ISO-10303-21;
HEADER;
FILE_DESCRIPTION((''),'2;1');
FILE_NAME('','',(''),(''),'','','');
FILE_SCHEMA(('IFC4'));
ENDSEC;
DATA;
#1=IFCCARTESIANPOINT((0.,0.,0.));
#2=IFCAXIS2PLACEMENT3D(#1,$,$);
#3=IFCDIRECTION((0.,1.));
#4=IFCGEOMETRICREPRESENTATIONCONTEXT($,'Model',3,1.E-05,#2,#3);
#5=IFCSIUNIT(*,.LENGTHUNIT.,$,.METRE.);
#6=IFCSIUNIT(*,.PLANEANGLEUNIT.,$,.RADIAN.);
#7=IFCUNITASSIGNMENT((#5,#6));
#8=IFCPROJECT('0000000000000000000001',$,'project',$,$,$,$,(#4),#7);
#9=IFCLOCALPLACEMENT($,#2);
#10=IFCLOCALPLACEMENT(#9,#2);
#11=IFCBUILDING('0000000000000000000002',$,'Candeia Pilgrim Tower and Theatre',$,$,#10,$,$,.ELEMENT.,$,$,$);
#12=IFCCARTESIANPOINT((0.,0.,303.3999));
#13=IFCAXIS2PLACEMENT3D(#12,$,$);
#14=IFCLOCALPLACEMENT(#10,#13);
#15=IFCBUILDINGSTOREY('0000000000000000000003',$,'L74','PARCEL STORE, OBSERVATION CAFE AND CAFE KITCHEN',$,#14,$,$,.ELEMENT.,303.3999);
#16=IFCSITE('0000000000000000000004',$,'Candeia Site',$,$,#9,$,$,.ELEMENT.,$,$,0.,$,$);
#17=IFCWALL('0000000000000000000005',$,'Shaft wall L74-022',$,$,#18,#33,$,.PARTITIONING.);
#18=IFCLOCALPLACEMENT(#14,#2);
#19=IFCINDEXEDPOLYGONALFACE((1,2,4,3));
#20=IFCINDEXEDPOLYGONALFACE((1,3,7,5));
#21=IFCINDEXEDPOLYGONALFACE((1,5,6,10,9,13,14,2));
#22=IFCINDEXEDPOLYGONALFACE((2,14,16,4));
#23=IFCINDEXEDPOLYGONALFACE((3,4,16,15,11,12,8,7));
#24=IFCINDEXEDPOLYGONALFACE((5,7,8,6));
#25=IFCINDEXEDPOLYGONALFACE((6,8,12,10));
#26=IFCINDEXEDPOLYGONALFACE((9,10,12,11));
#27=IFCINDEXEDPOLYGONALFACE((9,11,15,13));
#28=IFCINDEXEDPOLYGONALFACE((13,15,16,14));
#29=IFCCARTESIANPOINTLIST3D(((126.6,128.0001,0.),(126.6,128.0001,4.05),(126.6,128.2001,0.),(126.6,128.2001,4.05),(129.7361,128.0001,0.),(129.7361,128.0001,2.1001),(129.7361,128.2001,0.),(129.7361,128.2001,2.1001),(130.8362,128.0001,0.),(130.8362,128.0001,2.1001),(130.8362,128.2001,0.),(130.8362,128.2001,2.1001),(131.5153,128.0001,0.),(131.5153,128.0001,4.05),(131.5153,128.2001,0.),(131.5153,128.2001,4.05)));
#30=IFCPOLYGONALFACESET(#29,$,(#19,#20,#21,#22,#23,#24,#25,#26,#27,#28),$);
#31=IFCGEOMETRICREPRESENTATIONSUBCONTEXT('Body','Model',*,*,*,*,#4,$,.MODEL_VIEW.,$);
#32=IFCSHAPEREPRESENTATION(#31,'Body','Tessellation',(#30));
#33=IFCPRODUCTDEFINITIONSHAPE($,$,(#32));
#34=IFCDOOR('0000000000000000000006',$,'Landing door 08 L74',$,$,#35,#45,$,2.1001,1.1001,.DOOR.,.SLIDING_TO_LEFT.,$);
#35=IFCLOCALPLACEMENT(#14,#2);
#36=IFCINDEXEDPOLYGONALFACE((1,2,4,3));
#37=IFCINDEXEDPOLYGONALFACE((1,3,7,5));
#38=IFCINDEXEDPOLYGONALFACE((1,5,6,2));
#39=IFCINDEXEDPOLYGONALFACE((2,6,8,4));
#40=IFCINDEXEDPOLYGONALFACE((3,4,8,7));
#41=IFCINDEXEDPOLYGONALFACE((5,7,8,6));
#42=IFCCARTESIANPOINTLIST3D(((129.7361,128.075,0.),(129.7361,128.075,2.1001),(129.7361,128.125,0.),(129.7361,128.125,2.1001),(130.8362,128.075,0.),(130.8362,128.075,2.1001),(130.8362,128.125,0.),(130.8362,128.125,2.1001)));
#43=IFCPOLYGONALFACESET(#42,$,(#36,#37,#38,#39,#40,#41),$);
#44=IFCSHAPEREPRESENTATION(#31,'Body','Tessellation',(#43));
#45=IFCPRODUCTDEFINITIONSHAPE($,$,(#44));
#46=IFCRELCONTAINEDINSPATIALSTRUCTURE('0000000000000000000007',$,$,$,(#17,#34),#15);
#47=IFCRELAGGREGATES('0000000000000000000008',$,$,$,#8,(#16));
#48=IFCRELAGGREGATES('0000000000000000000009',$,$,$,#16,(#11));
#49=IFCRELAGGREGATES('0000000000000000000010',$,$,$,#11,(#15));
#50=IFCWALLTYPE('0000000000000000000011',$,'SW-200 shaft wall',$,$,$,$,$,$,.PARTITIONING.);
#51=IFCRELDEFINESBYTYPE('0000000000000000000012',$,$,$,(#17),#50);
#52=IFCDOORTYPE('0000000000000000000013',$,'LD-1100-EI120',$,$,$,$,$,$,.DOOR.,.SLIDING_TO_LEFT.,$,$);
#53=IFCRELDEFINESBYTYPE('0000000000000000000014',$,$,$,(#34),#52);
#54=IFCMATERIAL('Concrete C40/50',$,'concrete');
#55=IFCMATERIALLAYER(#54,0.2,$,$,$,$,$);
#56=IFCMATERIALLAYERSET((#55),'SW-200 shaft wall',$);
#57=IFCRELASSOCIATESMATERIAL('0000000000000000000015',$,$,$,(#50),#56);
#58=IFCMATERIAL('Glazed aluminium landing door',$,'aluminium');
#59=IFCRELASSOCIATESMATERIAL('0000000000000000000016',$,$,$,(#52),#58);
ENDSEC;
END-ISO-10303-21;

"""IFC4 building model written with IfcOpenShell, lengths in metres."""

from ifc_helpers import new_model, si_unit, direction, frame, frame_2d, origin, place, context, subcontext, project, spatial, rectangle, extrude, material, layer, layer_set, type_object, element, fill, save


model = new_model("IFC4")

# Units and contexts
model_context = context("Model", 3, precision=1e-05, world=origin(), true_north=direction((0.0, 1.0)))
body_context = subcontext(model_context, "Body", "Model", "MODEL_VIEW")
ifc_project = project(units=[si_unit("LENGTHUNIT", "METRE"), si_unit("PLANEANGLEUNIT", "RADIAN")], contexts=[model_context])

# Site, building, storey
site_placement = place(None, origin())
site = spatial("IfcSite", under=ifc_project, at=site_placement, Name="Candeia Site", CompositionType="ELEMENT", RefElevation=0.0)
building_placement = place(site_placement, origin())
building = spatial("IfcBuilding", under=site, at=building_placement, Name="Candeia Pilgrim Tower and Theatre", CompositionType="ELEMENT")
storey_placement = place(building_placement, frame((0.0, 0.0, 303.3999)))
storey = spatial("IfcBuildingStorey", under=building, at=storey_placement, Name="L74", Description="PARCEL STORE, OBSERVATION CAFE AND CAFE KITCHEN", CompositionType="ELEMENT", Elevation=303.3999)

# Shared definitions
ifc_material_1 = material(Name="Concrete C40/50", Category="concrete")

# Wall, opening, door
ifc_layer_1 = layer(ifc_material_1, 0.2)
ifc_layer_set_1 = layer_set([ifc_layer_1], Name="SW-200 shaft wall")
wall_type_1 = type_object("IfcWallType", Name="SW-200 shaft wall", PredefinedType="PARTITIONING", material=ifc_layer_set_1)
wall_1_placement = place(storey_placement, frame((126.6001, 128.1001, 0.0), z_axis=(0.0, 0.0, 1.0), x_axis=(1.0, 0.0, 0.0)))
wall_1 = element("IfcWall", 1, at=wall_1_placement, inside=storey, type_object=wall_type_1, Name="Shaft wall L74-022", PredefinedType="PARTITIONING", context=body_context, shape_type="SweptSolid", body=[
    extrude(rectangle(XDim=4.9153, YDim=0.2, at=frame_2d((2.4575, 0.0))), origin(), (0.0, 0.0, 1.0), 4.05),
])
opening_1_placement = place(wall_1_placement, frame((3.136, 0.0, 0.0)))
opening_1 = element("IfcOpeningElement", 2, at=opening_1_placement, cuts=wall_1, PredefinedType="OPENING", context=body_context, shape_type="SweptSolid", body=[
    extrude(rectangle(XDim=1.1001, YDim=2.1001, at=frame_2d((0.55, 1.05))), frame((0.0, 0.1099, 0.0), z_axis=(0.0, -1.0, 0.0), x_axis=(1.0, 0.0, 0.0)), (0.0, 0.0, 1.0), 0.22),
])
ifc_material_2 = material(Name="Glazed aluminium landing door", Category="aluminium")
door_type_1 = type_object("IfcDoorType", Name="LD-1100-EI120", OperationType="SLIDING_TO_LEFT", PredefinedType="DOOR", material=ifc_material_2)
door_1_placement = place(opening_1_placement, origin())
door_1 = element("IfcDoor", 3, at=door_1_placement, inside=storey, type_object=door_type_1, Name="Landing door 08 L74", OperationType="SLIDING_TO_LEFT", OverallHeight=2.1001, OverallWidth=1.1001, PredefinedType="DOOR", context=body_context, shape_type="SweptSolid", body=[
    extrude(rectangle(XDim=1.1001, YDim=2.1001, at=frame_2d((0.55, 1.05))), frame((0.0, 0.0249, 0.0), z_axis=(0.0, -1.0, 0.0), x_axis=(1.0, 0.0, 0.0)), (0.0, 0.0, 1.0), 0.05),
])
fill(opening_1, door_1)

save(model, "model.ifc")
